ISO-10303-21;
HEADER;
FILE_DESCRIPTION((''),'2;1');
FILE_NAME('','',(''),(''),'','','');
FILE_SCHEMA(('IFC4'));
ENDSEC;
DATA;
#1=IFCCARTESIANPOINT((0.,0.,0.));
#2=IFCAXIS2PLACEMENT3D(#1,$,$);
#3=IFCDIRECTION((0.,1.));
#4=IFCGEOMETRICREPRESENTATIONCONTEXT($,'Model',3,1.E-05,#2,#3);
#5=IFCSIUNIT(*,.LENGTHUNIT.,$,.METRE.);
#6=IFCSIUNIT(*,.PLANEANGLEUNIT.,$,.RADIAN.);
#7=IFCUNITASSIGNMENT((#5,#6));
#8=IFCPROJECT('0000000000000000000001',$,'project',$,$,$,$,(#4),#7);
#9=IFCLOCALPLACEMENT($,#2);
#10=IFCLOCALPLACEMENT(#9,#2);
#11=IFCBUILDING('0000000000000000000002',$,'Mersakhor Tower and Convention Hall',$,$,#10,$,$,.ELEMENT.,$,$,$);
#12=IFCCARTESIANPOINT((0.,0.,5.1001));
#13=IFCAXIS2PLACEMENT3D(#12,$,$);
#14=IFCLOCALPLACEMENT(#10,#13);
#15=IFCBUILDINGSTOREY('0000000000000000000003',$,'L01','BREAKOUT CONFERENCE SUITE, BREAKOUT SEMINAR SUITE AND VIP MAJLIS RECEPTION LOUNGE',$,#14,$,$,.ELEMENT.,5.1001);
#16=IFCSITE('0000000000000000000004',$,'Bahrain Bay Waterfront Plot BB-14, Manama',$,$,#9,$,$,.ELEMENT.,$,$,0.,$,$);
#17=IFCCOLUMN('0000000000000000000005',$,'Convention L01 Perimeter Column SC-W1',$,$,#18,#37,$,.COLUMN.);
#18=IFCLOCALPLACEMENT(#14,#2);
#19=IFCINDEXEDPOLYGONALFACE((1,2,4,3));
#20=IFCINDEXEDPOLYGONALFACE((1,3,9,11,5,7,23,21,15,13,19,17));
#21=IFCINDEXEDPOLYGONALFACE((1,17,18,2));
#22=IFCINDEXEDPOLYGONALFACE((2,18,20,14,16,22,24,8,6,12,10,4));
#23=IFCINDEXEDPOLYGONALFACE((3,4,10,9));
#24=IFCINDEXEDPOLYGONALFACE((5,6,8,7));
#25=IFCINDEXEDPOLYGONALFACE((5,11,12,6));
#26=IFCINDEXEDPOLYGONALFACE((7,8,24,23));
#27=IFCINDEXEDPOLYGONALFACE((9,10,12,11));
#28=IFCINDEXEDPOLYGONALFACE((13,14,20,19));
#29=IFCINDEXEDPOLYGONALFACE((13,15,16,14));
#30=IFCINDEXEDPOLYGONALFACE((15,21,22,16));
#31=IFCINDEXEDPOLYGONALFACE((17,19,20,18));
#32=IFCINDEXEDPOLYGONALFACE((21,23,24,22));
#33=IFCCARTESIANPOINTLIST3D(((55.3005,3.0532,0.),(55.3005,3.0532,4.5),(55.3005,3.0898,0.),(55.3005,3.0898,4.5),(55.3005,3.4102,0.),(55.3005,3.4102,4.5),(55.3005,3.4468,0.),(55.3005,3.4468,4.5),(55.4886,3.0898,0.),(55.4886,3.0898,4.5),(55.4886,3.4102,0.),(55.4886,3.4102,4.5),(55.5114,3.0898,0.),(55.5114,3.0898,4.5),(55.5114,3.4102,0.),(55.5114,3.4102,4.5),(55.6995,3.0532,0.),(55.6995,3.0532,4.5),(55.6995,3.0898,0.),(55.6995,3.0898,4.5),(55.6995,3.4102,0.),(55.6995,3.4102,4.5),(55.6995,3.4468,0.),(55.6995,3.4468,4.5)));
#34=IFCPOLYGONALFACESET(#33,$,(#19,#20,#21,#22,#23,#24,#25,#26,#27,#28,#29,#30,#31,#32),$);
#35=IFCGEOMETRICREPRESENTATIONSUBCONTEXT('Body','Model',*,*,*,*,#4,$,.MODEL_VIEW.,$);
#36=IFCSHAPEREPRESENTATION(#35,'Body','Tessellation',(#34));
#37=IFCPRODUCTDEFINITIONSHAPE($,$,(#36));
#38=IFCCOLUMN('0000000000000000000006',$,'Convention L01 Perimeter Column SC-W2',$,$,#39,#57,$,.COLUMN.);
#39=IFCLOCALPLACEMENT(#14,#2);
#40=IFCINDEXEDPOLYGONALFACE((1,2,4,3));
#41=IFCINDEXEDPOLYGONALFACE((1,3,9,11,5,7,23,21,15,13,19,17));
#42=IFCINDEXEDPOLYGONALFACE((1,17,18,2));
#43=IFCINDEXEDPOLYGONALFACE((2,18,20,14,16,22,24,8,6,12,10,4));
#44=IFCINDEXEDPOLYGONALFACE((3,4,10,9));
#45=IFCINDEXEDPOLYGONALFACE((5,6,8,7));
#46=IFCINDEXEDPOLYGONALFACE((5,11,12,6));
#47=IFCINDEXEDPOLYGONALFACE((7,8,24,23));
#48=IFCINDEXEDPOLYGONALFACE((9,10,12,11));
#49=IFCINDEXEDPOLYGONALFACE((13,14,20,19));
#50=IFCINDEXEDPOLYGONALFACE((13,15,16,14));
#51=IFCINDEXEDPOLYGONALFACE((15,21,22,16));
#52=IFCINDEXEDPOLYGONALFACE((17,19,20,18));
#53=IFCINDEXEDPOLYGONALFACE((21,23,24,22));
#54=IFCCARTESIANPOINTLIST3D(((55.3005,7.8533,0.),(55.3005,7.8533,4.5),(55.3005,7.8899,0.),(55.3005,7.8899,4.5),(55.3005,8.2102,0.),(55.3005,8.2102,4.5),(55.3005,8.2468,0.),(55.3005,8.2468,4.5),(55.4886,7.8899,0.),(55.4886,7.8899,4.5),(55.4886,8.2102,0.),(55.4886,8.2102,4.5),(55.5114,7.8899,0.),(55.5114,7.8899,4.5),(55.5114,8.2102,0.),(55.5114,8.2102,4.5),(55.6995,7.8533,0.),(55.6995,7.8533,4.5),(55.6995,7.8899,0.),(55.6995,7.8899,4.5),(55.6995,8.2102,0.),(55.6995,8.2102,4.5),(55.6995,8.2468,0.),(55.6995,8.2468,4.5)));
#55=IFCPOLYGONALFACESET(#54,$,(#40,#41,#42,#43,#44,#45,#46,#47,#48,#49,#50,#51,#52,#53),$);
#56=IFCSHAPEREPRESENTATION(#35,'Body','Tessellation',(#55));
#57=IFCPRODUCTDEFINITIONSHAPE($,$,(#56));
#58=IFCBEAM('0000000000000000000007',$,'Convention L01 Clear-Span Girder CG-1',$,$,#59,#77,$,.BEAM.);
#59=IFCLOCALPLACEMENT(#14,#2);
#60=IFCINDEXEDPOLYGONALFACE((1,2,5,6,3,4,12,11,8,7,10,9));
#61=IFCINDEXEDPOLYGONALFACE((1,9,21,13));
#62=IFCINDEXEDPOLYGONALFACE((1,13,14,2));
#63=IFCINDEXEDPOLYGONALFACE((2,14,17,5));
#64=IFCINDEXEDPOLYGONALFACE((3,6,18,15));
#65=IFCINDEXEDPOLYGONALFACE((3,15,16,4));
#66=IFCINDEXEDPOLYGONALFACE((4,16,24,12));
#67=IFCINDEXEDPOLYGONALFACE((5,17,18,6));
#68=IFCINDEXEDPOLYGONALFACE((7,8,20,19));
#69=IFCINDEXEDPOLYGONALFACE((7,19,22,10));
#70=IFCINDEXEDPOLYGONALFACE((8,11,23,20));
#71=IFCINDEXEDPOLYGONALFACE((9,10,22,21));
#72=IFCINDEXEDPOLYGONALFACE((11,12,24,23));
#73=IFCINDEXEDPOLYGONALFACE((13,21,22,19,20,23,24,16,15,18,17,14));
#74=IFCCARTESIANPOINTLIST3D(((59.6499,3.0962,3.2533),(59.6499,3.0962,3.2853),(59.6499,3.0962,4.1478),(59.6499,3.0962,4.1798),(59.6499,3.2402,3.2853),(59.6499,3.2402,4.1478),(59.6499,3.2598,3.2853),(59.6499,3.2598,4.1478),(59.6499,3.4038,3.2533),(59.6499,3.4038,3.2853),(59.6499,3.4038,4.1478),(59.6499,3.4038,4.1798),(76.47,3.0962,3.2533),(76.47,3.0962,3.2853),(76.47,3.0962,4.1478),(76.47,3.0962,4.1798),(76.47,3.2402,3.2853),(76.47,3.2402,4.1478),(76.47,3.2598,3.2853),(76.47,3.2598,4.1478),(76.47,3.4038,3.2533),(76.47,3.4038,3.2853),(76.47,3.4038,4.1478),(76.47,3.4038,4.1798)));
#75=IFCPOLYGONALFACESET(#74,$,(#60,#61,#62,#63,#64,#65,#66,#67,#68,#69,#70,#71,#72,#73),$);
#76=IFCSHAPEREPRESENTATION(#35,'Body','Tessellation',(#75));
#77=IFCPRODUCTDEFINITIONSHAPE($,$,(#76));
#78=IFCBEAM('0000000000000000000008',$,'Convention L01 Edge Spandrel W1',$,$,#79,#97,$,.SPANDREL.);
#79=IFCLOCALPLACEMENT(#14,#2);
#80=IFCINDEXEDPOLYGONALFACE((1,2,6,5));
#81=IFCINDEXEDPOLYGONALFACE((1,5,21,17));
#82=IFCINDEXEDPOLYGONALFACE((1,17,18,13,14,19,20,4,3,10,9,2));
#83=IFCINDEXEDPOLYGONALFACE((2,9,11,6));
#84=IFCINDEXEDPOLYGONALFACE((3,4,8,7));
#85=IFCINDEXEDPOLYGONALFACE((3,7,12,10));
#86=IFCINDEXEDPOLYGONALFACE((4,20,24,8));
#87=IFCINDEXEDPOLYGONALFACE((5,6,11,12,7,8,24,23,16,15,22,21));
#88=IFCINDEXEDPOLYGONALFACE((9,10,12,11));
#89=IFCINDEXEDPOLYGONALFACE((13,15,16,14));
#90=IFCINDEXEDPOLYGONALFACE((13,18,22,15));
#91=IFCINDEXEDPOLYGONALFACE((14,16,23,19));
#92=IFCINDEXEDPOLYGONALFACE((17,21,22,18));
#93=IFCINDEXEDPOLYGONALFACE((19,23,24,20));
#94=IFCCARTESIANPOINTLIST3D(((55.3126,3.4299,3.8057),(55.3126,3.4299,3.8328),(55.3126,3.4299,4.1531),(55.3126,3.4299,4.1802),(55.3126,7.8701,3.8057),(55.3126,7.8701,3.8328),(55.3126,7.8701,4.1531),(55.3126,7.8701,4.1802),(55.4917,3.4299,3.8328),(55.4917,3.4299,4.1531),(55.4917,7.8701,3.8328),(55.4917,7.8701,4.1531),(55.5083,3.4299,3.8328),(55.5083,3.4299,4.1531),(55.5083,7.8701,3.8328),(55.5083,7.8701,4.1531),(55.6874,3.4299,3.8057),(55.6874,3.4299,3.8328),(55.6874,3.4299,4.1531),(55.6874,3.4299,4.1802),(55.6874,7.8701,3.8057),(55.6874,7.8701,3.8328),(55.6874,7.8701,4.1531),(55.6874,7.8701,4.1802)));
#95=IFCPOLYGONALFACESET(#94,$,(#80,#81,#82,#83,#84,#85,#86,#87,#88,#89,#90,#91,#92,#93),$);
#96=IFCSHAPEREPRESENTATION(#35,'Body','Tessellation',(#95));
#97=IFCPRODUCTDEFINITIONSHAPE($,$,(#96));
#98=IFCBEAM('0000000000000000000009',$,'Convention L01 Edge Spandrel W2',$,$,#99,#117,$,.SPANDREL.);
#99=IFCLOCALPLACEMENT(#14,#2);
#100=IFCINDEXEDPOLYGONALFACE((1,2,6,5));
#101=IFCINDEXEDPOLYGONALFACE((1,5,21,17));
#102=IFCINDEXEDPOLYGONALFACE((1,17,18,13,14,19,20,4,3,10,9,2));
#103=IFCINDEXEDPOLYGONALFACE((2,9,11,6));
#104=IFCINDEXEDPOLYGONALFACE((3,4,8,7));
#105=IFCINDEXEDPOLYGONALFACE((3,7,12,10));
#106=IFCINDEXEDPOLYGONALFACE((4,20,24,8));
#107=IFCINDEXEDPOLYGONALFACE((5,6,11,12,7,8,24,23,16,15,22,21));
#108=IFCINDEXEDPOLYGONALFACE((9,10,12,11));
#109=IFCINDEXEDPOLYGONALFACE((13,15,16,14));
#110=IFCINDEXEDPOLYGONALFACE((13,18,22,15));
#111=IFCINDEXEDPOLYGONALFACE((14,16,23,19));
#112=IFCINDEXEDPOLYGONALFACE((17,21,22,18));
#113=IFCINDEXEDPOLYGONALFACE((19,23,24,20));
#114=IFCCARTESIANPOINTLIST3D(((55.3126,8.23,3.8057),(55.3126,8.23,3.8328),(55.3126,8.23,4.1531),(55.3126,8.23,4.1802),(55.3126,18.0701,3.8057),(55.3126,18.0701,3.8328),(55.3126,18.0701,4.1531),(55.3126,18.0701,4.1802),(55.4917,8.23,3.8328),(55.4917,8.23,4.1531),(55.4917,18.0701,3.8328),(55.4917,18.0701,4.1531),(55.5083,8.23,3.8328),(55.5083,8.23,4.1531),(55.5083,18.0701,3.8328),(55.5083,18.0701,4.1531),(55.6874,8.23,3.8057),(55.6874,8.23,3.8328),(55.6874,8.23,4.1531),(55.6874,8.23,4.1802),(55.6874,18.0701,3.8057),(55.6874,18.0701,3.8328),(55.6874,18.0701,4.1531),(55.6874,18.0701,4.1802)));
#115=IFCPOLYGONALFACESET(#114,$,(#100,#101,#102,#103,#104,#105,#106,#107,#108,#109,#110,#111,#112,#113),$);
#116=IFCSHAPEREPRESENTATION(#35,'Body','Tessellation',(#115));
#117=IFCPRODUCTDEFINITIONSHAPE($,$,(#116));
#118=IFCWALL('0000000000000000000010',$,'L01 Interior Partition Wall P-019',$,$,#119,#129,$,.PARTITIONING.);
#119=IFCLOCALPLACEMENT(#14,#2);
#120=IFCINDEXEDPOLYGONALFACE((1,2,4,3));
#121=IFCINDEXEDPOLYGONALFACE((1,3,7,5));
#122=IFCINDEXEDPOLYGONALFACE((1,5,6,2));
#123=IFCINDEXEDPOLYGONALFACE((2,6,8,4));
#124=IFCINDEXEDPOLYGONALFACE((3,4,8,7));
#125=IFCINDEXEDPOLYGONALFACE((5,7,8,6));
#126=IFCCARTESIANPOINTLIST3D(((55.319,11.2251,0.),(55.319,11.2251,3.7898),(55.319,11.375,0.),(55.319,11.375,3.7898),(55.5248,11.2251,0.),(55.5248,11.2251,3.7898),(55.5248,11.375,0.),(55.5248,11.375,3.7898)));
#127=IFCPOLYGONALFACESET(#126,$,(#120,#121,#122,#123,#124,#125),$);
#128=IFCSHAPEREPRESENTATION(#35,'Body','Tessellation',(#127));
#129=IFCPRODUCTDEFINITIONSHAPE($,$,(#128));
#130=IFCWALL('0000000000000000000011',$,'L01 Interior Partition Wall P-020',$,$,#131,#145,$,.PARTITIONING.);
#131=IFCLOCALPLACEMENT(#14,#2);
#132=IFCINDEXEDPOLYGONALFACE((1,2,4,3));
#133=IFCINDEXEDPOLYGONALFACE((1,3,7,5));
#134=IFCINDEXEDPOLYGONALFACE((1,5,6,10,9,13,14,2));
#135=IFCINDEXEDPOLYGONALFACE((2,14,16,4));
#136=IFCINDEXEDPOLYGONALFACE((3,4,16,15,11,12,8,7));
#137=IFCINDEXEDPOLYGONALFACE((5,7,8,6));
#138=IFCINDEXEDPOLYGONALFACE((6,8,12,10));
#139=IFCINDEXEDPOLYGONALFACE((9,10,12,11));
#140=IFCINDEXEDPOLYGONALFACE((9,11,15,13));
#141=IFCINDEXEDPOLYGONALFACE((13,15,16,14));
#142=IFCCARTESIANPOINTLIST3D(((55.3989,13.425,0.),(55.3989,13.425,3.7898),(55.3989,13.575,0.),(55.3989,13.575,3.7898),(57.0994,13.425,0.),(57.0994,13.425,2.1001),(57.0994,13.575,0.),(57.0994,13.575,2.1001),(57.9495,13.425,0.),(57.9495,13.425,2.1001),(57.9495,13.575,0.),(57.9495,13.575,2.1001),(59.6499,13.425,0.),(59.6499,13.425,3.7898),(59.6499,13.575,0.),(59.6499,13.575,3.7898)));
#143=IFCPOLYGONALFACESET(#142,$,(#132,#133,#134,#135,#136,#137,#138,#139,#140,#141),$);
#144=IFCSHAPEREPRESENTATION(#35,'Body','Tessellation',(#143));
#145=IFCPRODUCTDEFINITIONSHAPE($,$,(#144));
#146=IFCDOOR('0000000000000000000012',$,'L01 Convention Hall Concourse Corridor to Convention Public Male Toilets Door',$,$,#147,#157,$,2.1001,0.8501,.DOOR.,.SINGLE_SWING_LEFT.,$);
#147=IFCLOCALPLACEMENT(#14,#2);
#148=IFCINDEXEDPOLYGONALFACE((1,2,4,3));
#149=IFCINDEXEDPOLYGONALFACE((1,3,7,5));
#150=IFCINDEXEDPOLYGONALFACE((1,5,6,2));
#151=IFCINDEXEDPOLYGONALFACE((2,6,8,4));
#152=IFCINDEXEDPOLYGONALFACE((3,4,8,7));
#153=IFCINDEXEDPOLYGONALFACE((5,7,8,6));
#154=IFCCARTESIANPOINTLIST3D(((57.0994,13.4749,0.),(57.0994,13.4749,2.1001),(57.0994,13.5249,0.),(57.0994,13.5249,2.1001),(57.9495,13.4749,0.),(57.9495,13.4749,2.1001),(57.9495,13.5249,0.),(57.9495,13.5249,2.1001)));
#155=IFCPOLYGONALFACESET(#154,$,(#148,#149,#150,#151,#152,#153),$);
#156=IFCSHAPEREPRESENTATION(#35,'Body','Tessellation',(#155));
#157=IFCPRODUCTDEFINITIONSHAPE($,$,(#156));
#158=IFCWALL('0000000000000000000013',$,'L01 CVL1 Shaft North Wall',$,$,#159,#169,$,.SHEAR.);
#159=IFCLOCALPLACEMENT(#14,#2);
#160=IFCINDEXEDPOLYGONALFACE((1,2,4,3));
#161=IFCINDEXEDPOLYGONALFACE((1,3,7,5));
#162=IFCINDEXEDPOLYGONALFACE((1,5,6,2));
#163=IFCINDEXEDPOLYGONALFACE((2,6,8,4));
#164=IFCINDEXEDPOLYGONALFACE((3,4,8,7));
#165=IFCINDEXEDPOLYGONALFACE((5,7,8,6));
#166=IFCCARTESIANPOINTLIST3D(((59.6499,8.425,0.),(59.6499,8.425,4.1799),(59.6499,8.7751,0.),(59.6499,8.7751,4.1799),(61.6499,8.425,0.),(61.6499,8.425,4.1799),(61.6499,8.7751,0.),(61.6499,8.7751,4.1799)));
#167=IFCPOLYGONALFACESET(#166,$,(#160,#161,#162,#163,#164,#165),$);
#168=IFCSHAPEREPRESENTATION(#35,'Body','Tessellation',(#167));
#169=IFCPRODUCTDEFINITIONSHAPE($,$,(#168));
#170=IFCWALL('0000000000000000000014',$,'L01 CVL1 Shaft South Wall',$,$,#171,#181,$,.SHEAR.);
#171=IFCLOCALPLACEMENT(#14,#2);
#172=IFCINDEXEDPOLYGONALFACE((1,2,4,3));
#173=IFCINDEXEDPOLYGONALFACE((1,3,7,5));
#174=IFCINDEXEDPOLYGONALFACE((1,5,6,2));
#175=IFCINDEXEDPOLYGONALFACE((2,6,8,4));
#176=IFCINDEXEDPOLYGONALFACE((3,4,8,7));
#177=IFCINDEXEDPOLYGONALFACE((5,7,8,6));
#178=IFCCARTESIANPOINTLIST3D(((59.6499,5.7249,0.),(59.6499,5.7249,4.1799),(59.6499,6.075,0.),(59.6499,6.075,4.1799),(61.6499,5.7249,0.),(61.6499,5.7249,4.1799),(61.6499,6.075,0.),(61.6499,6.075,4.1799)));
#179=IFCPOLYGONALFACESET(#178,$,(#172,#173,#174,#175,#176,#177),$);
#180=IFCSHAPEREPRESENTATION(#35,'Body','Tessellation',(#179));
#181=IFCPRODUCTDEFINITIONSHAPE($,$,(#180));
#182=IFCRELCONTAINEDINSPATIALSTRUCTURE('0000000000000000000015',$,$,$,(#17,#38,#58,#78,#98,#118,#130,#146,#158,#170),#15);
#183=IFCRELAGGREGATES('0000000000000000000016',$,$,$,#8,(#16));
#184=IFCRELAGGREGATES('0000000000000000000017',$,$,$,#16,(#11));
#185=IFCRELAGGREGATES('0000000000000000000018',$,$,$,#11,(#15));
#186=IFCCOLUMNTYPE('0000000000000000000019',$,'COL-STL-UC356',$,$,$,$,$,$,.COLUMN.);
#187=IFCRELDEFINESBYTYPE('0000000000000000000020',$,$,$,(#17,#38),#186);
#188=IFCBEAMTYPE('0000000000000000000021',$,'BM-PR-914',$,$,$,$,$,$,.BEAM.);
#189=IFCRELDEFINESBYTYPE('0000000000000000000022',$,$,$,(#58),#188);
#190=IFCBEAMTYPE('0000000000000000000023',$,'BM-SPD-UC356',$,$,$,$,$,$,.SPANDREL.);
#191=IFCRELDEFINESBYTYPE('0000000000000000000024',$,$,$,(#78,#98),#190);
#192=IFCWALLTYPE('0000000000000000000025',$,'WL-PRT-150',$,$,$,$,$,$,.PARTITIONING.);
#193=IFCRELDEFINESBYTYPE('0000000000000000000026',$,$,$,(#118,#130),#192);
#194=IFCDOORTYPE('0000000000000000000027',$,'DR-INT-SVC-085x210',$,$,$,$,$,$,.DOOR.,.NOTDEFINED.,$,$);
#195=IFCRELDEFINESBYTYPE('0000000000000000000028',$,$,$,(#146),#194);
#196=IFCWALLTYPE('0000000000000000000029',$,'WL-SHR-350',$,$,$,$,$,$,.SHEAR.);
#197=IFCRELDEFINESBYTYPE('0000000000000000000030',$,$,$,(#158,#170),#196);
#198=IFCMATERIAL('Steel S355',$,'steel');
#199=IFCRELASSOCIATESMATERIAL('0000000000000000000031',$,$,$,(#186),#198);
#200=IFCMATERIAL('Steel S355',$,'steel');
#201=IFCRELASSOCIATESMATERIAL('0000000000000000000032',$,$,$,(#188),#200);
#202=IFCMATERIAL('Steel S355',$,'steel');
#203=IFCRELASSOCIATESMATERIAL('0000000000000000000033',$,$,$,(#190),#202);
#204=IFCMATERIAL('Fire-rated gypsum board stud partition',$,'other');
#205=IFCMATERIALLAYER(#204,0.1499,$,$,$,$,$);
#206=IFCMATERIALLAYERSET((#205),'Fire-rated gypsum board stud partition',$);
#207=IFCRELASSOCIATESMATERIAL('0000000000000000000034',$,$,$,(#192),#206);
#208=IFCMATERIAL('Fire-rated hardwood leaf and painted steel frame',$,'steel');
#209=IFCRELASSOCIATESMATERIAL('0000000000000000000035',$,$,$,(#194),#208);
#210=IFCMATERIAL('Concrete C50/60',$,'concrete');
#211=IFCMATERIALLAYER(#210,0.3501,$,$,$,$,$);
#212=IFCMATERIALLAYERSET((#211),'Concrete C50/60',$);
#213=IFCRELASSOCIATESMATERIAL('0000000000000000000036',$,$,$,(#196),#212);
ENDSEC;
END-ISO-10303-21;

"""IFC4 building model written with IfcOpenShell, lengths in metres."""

from ifc_helpers import new_model, si_unit, direction, frame, frame_2d, origin, origin_2d, place, context, subcontext, project, spatial, rectangle, i_section, extrude, material, layer, layer_set, material_profile, profile_set, type_object, element, fill, save


model = new_model("IFC4")

# Units and contexts
model_context = context("Model", 3, precision=1e-05, world=origin(), true_north=direction((0.0, 1.0)))
body_context = subcontext(model_context, "Body", "Model", "MODEL_VIEW")
ifc_project = project(units=[si_unit("LENGTHUNIT", "METRE"), si_unit("PLANEANGLEUNIT", "RADIAN")], contexts=[model_context])

# Site, building, storey
site_placement = place(None, origin())
site = spatial("IfcSite", under=ifc_project, at=site_placement, Name="Bahrain Bay Waterfront Plot BB-14, Manama", CompositionType="ELEMENT", RefElevation=0.0)
building_placement = place(site_placement, origin())
building = spatial("IfcBuilding", under=site, at=building_placement, Name="Mersakhor Tower and Convention Hall", CompositionType="ELEMENT")
storey_placement = place(building_placement, frame((0.0, 0.0, 5.1001)))
storey = spatial("IfcBuildingStorey", under=building, at=storey_placement, Name="L01", Description="BREAKOUT CONFERENCE SUITE, BREAKOUT SEMINAR SUITE AND VIP MAJLIS RECEPTION LOUNGE", CompositionType="ELEMENT", Elevation=5.1001)

# Columns
ifc_material_1 = material(Name="Steel S355", Category="steel")
ifc_material_profile_1 = material_profile(ifc_material_1, i_section(OverallWidth=0.3989, OverallDepth=0.3936, WebThickness=0.0227, FlangeThickness=0.0366, at=origin_2d()), Name="UC 356x406x287")
ifc_profile_set_1 = profile_set([ifc_material_profile_1], Name="Steel S355")
column_type = type_object("IfcColumnType", Name="COL-STL-UC356", PredefinedType="COLUMN", material=ifc_profile_set_1)
for number, where, z_axis, x_axis, name in (
    (1, (55.5, 3.25, 0.0), (0.0, 0.0, 1.0), (1.0, 0.0, 0.0), "Convention L01 Perimeter Column SC-W1"),
    (2, (55.5, 8.05, 0.0), (0.0, 0.0, 1.0), (1.0, 0.0, 0.0), "Convention L01 Perimeter Column SC-W2"),
):
    element("IfcColumn", number, at=place(storey_placement, frame(where, z_axis=z_axis, x_axis=x_axis)), inside=storey, type_object=column_type, Name=name, PredefinedType="COLUMN", context=body_context, shape_type="SweptSolid", body=[
        extrude(i_section(OverallWidth=0.3989, OverallDepth=0.3936, WebThickness=0.0227, FlangeThickness=0.0366, at=origin_2d()), origin(), (0.0, 0.0, 1.0), 4.5),
    ])

# Beams
ifc_material_2 = material(Name="Steel S355", Category="steel")
ifc_material_profile_2 = material_profile(ifc_material_2, i_section(OverallWidth=0.3076, OverallDepth=0.9265, WebThickness=0.0195, FlangeThickness=0.032, at=origin_2d()), Name="UB 914x305x289")
ifc_profile_set_2 = profile_set([ifc_material_profile_2], Name="Steel S355")
beam_type_1 = type_object("IfcBeamType", Name="BM-PR-914", PredefinedType="BEAM", material=ifc_profile_set_2)
beam_1_placement = place(storey_placement, frame((59.6499, 3.25, 3.7166), z_axis=(1.0, 0.0, 0.0), x_axis=(0.0, 1.0, 0.0)))
element("IfcBeam", 3, at=beam_1_placement, inside=storey, type_object=beam_type_1, Name="Convention L01 Clear-Span Girder CG-1", PredefinedType="BEAM", context=body_context, shape_type="SweptSolid", body=[
    extrude(i_section(OverallWidth=0.3076, OverallDepth=0.9265, WebThickness=0.0195, FlangeThickness=0.032, at=origin_2d()), origin(), (0.0, 0.0, 1.0), 16.8201),
])
ifc_material_3 = material(Name="Steel S355", Category="steel")
ifc_material_profile_3 = material_profile(ifc_material_3, i_section(OverallWidth=0.3748, OverallDepth=0.3745, WebThickness=0.0166, FlangeThickness=0.0271, at=origin_2d()), Name="UC 356x368x202")
ifc_profile_set_3 = profile_set([ifc_material_profile_3], Name="Steel S355")
beam_type_2 = type_object("IfcBeamType", Name="BM-SPD-UC356", PredefinedType="SPANDREL", material=ifc_profile_set_3)
beam_2_placement = place(storey_placement, frame((55.5, 3.4299, 3.9929), z_axis=(0.0, 1.0, 0.0), x_axis=(-1.0, 0.0, 0.0)))
element("IfcBeam", 4, at=beam_2_placement, inside=storey, type_object=beam_type_2, Name="Convention L01 Edge Spandrel W1", PredefinedType="SPANDREL", context=body_context, shape_type="SweptSolid", body=[
    extrude(i_section(OverallWidth=0.3748, OverallDepth=0.3745, WebThickness=0.0166, FlangeThickness=0.0271, at=origin_2d()), origin(), (0.0, 0.0, 1.0), 4.4402),
])
beam_3_placement = place(storey_placement, frame((55.5, 8.23, 3.9929), z_axis=(0.0, 1.0, 0.0), x_axis=(-1.0, 0.0, 0.0)))
element("IfcBeam", 5, at=beam_3_placement, inside=storey, type_object=beam_type_2, Name="Convention L01 Edge Spandrel W2", PredefinedType="SPANDREL", context=body_context, shape_type="SweptSolid", body=[
    extrude(i_section(OverallWidth=0.3748, OverallDepth=0.3745, WebThickness=0.0166, FlangeThickness=0.0271, at=origin_2d()), origin(), (0.0, 0.0, 1.0), 9.8401),
])

# Wall
ifc_material_4 = material(Name="Fire-rated gypsum board stud partition", Category="other")
ifc_layer_1 = layer(ifc_material_4, 0.1499)
ifc_layer_set_1 = layer_set([ifc_layer_1], Name="Fire-rated gypsum board stud partition")
wall_type_1 = type_object("IfcWallType", Name="WL-PRT-150", PredefinedType="PARTITIONING", material=ifc_layer_set_1)
wall_1_placement = place(storey_placement, frame((55.5249, 11.3, 0.0), z_axis=(0.0, 0.0, 1.0), x_axis=(-1.0, 0.0, 0.0)))
element("IfcWall", 6, at=wall_1_placement, inside=storey, type_object=wall_type_1, Name="L01 Interior Partition Wall P-019", PredefinedType="PARTITIONING", context=body_context, shape_type="SweptSolid", body=[
    extrude(rectangle(XDim=0.2058, YDim=0.1499, at=frame_2d((0.103, 0.0))), origin(), (0.0, 0.0, 1.0), 3.7898),
])

# Wall, opening, door
wall_2_placement = place(storey_placement, frame((55.3989, 13.5, 0.0), z_axis=(0.0, 0.0, 1.0), x_axis=(1.0, 0.0, 0.0)))
wall_2 = element("IfcWall", 7, at=wall_2_placement, inside=storey, type_object=wall_type_1, Name="L01 Interior Partition Wall P-020", PredefinedType="PARTITIONING", context=body_context, shape_type="SweptSolid", body=[
    extrude(rectangle(XDim=4.251, YDim=0.1499, at=frame_2d((2.1255, 0.0))), origin(), (0.0, 0.0, 1.0), 3.7898),
])
opening_1_placement = place(wall_2_placement, frame((1.7004, 0.0, 0.0)))
opening_1 = element("IfcOpeningElement", 8, at=opening_1_placement, cuts=wall_2, PredefinedType="OPENING", context=body_context, shape_type="SweptSolid", body=[
    extrude(rectangle(XDim=0.8501, YDim=2.1001, at=frame_2d((0.425, 1.05))), frame((0.0, 0.085, 0.0), z_axis=(0.0, -1.0, 0.0), x_axis=(1.0, 0.0, 0.0)), (0.0, 0.0, 1.0), 0.1699),
])
ifc_material_5 = material(Name="Fire-rated hardwood leaf and painted steel frame", Category="steel")
door_type_1 = type_object("IfcDoorType", Name="DR-INT-SVC-085x210", OperationType="NOTDEFINED", PredefinedType="DOOR", material=ifc_material_5)
door_1_placement = place(opening_1_placement, origin())
door_1 = element("IfcDoor", 9, at=door_1_placement, inside=storey, type_object=door_type_1, Name="L01 Convention Hall Concourse Corridor to Convention Public Male Toilets Door", OperationType="SINGLE_SWING_LEFT", OverallHeight=2.1001, OverallWidth=0.8501, PredefinedType="DOOR", context=body_context, shape_type="SweptSolid", body=[
    extrude(rectangle(XDim=0.8501, YDim=2.1001, at=frame_2d((0.425, 1.05))), frame((0.0, 0.0249, 0.0), z_axis=(0.0, -1.0, 0.0), x_axis=(1.0, 0.0, 0.0)), (0.0, 0.0, 1.0), 0.05),
])
fill(opening_1, door_1)

# Walls
ifc_material_6 = material(Name="Concrete C50/60", Category="concrete")
ifc_layer_2 = layer(ifc_material_6, 0.3501)
ifc_layer_set_2 = layer_set([ifc_layer_2], Name="Concrete C50/60")
wall_type_2 = type_object("IfcWallType", Name="WL-SHR-350", PredefinedType="SHEAR", material=ifc_layer_set_2)
for number, where, z_axis, x_axis, name in (
    (10, (59.6499, 8.6001, 0.0), (0.0, 0.0, 1.0), (1.0, 0.0, 0.0), "L01 CVL1 Shaft North Wall"),
    (11, (59.6499, 5.8999, 0.0), (0.0, 0.0, 1.0), (1.0, 0.0, 0.0), "L01 CVL1 Shaft South Wall"),
):
    element("IfcWall", number, at=place(storey_placement, frame(where, z_axis=z_axis, x_axis=x_axis)), inside=storey, type_object=wall_type_2, Name=name, PredefinedType="SHEAR", context=body_context, shape_type="SweptSolid", body=[
        extrude(rectangle(XDim=2.0, YDim=0.3501, at=frame_2d((1.0, 0.0))), origin(), (0.0, 0.0, 1.0), 4.1799),
    ])

save(model, "model.ifc")
